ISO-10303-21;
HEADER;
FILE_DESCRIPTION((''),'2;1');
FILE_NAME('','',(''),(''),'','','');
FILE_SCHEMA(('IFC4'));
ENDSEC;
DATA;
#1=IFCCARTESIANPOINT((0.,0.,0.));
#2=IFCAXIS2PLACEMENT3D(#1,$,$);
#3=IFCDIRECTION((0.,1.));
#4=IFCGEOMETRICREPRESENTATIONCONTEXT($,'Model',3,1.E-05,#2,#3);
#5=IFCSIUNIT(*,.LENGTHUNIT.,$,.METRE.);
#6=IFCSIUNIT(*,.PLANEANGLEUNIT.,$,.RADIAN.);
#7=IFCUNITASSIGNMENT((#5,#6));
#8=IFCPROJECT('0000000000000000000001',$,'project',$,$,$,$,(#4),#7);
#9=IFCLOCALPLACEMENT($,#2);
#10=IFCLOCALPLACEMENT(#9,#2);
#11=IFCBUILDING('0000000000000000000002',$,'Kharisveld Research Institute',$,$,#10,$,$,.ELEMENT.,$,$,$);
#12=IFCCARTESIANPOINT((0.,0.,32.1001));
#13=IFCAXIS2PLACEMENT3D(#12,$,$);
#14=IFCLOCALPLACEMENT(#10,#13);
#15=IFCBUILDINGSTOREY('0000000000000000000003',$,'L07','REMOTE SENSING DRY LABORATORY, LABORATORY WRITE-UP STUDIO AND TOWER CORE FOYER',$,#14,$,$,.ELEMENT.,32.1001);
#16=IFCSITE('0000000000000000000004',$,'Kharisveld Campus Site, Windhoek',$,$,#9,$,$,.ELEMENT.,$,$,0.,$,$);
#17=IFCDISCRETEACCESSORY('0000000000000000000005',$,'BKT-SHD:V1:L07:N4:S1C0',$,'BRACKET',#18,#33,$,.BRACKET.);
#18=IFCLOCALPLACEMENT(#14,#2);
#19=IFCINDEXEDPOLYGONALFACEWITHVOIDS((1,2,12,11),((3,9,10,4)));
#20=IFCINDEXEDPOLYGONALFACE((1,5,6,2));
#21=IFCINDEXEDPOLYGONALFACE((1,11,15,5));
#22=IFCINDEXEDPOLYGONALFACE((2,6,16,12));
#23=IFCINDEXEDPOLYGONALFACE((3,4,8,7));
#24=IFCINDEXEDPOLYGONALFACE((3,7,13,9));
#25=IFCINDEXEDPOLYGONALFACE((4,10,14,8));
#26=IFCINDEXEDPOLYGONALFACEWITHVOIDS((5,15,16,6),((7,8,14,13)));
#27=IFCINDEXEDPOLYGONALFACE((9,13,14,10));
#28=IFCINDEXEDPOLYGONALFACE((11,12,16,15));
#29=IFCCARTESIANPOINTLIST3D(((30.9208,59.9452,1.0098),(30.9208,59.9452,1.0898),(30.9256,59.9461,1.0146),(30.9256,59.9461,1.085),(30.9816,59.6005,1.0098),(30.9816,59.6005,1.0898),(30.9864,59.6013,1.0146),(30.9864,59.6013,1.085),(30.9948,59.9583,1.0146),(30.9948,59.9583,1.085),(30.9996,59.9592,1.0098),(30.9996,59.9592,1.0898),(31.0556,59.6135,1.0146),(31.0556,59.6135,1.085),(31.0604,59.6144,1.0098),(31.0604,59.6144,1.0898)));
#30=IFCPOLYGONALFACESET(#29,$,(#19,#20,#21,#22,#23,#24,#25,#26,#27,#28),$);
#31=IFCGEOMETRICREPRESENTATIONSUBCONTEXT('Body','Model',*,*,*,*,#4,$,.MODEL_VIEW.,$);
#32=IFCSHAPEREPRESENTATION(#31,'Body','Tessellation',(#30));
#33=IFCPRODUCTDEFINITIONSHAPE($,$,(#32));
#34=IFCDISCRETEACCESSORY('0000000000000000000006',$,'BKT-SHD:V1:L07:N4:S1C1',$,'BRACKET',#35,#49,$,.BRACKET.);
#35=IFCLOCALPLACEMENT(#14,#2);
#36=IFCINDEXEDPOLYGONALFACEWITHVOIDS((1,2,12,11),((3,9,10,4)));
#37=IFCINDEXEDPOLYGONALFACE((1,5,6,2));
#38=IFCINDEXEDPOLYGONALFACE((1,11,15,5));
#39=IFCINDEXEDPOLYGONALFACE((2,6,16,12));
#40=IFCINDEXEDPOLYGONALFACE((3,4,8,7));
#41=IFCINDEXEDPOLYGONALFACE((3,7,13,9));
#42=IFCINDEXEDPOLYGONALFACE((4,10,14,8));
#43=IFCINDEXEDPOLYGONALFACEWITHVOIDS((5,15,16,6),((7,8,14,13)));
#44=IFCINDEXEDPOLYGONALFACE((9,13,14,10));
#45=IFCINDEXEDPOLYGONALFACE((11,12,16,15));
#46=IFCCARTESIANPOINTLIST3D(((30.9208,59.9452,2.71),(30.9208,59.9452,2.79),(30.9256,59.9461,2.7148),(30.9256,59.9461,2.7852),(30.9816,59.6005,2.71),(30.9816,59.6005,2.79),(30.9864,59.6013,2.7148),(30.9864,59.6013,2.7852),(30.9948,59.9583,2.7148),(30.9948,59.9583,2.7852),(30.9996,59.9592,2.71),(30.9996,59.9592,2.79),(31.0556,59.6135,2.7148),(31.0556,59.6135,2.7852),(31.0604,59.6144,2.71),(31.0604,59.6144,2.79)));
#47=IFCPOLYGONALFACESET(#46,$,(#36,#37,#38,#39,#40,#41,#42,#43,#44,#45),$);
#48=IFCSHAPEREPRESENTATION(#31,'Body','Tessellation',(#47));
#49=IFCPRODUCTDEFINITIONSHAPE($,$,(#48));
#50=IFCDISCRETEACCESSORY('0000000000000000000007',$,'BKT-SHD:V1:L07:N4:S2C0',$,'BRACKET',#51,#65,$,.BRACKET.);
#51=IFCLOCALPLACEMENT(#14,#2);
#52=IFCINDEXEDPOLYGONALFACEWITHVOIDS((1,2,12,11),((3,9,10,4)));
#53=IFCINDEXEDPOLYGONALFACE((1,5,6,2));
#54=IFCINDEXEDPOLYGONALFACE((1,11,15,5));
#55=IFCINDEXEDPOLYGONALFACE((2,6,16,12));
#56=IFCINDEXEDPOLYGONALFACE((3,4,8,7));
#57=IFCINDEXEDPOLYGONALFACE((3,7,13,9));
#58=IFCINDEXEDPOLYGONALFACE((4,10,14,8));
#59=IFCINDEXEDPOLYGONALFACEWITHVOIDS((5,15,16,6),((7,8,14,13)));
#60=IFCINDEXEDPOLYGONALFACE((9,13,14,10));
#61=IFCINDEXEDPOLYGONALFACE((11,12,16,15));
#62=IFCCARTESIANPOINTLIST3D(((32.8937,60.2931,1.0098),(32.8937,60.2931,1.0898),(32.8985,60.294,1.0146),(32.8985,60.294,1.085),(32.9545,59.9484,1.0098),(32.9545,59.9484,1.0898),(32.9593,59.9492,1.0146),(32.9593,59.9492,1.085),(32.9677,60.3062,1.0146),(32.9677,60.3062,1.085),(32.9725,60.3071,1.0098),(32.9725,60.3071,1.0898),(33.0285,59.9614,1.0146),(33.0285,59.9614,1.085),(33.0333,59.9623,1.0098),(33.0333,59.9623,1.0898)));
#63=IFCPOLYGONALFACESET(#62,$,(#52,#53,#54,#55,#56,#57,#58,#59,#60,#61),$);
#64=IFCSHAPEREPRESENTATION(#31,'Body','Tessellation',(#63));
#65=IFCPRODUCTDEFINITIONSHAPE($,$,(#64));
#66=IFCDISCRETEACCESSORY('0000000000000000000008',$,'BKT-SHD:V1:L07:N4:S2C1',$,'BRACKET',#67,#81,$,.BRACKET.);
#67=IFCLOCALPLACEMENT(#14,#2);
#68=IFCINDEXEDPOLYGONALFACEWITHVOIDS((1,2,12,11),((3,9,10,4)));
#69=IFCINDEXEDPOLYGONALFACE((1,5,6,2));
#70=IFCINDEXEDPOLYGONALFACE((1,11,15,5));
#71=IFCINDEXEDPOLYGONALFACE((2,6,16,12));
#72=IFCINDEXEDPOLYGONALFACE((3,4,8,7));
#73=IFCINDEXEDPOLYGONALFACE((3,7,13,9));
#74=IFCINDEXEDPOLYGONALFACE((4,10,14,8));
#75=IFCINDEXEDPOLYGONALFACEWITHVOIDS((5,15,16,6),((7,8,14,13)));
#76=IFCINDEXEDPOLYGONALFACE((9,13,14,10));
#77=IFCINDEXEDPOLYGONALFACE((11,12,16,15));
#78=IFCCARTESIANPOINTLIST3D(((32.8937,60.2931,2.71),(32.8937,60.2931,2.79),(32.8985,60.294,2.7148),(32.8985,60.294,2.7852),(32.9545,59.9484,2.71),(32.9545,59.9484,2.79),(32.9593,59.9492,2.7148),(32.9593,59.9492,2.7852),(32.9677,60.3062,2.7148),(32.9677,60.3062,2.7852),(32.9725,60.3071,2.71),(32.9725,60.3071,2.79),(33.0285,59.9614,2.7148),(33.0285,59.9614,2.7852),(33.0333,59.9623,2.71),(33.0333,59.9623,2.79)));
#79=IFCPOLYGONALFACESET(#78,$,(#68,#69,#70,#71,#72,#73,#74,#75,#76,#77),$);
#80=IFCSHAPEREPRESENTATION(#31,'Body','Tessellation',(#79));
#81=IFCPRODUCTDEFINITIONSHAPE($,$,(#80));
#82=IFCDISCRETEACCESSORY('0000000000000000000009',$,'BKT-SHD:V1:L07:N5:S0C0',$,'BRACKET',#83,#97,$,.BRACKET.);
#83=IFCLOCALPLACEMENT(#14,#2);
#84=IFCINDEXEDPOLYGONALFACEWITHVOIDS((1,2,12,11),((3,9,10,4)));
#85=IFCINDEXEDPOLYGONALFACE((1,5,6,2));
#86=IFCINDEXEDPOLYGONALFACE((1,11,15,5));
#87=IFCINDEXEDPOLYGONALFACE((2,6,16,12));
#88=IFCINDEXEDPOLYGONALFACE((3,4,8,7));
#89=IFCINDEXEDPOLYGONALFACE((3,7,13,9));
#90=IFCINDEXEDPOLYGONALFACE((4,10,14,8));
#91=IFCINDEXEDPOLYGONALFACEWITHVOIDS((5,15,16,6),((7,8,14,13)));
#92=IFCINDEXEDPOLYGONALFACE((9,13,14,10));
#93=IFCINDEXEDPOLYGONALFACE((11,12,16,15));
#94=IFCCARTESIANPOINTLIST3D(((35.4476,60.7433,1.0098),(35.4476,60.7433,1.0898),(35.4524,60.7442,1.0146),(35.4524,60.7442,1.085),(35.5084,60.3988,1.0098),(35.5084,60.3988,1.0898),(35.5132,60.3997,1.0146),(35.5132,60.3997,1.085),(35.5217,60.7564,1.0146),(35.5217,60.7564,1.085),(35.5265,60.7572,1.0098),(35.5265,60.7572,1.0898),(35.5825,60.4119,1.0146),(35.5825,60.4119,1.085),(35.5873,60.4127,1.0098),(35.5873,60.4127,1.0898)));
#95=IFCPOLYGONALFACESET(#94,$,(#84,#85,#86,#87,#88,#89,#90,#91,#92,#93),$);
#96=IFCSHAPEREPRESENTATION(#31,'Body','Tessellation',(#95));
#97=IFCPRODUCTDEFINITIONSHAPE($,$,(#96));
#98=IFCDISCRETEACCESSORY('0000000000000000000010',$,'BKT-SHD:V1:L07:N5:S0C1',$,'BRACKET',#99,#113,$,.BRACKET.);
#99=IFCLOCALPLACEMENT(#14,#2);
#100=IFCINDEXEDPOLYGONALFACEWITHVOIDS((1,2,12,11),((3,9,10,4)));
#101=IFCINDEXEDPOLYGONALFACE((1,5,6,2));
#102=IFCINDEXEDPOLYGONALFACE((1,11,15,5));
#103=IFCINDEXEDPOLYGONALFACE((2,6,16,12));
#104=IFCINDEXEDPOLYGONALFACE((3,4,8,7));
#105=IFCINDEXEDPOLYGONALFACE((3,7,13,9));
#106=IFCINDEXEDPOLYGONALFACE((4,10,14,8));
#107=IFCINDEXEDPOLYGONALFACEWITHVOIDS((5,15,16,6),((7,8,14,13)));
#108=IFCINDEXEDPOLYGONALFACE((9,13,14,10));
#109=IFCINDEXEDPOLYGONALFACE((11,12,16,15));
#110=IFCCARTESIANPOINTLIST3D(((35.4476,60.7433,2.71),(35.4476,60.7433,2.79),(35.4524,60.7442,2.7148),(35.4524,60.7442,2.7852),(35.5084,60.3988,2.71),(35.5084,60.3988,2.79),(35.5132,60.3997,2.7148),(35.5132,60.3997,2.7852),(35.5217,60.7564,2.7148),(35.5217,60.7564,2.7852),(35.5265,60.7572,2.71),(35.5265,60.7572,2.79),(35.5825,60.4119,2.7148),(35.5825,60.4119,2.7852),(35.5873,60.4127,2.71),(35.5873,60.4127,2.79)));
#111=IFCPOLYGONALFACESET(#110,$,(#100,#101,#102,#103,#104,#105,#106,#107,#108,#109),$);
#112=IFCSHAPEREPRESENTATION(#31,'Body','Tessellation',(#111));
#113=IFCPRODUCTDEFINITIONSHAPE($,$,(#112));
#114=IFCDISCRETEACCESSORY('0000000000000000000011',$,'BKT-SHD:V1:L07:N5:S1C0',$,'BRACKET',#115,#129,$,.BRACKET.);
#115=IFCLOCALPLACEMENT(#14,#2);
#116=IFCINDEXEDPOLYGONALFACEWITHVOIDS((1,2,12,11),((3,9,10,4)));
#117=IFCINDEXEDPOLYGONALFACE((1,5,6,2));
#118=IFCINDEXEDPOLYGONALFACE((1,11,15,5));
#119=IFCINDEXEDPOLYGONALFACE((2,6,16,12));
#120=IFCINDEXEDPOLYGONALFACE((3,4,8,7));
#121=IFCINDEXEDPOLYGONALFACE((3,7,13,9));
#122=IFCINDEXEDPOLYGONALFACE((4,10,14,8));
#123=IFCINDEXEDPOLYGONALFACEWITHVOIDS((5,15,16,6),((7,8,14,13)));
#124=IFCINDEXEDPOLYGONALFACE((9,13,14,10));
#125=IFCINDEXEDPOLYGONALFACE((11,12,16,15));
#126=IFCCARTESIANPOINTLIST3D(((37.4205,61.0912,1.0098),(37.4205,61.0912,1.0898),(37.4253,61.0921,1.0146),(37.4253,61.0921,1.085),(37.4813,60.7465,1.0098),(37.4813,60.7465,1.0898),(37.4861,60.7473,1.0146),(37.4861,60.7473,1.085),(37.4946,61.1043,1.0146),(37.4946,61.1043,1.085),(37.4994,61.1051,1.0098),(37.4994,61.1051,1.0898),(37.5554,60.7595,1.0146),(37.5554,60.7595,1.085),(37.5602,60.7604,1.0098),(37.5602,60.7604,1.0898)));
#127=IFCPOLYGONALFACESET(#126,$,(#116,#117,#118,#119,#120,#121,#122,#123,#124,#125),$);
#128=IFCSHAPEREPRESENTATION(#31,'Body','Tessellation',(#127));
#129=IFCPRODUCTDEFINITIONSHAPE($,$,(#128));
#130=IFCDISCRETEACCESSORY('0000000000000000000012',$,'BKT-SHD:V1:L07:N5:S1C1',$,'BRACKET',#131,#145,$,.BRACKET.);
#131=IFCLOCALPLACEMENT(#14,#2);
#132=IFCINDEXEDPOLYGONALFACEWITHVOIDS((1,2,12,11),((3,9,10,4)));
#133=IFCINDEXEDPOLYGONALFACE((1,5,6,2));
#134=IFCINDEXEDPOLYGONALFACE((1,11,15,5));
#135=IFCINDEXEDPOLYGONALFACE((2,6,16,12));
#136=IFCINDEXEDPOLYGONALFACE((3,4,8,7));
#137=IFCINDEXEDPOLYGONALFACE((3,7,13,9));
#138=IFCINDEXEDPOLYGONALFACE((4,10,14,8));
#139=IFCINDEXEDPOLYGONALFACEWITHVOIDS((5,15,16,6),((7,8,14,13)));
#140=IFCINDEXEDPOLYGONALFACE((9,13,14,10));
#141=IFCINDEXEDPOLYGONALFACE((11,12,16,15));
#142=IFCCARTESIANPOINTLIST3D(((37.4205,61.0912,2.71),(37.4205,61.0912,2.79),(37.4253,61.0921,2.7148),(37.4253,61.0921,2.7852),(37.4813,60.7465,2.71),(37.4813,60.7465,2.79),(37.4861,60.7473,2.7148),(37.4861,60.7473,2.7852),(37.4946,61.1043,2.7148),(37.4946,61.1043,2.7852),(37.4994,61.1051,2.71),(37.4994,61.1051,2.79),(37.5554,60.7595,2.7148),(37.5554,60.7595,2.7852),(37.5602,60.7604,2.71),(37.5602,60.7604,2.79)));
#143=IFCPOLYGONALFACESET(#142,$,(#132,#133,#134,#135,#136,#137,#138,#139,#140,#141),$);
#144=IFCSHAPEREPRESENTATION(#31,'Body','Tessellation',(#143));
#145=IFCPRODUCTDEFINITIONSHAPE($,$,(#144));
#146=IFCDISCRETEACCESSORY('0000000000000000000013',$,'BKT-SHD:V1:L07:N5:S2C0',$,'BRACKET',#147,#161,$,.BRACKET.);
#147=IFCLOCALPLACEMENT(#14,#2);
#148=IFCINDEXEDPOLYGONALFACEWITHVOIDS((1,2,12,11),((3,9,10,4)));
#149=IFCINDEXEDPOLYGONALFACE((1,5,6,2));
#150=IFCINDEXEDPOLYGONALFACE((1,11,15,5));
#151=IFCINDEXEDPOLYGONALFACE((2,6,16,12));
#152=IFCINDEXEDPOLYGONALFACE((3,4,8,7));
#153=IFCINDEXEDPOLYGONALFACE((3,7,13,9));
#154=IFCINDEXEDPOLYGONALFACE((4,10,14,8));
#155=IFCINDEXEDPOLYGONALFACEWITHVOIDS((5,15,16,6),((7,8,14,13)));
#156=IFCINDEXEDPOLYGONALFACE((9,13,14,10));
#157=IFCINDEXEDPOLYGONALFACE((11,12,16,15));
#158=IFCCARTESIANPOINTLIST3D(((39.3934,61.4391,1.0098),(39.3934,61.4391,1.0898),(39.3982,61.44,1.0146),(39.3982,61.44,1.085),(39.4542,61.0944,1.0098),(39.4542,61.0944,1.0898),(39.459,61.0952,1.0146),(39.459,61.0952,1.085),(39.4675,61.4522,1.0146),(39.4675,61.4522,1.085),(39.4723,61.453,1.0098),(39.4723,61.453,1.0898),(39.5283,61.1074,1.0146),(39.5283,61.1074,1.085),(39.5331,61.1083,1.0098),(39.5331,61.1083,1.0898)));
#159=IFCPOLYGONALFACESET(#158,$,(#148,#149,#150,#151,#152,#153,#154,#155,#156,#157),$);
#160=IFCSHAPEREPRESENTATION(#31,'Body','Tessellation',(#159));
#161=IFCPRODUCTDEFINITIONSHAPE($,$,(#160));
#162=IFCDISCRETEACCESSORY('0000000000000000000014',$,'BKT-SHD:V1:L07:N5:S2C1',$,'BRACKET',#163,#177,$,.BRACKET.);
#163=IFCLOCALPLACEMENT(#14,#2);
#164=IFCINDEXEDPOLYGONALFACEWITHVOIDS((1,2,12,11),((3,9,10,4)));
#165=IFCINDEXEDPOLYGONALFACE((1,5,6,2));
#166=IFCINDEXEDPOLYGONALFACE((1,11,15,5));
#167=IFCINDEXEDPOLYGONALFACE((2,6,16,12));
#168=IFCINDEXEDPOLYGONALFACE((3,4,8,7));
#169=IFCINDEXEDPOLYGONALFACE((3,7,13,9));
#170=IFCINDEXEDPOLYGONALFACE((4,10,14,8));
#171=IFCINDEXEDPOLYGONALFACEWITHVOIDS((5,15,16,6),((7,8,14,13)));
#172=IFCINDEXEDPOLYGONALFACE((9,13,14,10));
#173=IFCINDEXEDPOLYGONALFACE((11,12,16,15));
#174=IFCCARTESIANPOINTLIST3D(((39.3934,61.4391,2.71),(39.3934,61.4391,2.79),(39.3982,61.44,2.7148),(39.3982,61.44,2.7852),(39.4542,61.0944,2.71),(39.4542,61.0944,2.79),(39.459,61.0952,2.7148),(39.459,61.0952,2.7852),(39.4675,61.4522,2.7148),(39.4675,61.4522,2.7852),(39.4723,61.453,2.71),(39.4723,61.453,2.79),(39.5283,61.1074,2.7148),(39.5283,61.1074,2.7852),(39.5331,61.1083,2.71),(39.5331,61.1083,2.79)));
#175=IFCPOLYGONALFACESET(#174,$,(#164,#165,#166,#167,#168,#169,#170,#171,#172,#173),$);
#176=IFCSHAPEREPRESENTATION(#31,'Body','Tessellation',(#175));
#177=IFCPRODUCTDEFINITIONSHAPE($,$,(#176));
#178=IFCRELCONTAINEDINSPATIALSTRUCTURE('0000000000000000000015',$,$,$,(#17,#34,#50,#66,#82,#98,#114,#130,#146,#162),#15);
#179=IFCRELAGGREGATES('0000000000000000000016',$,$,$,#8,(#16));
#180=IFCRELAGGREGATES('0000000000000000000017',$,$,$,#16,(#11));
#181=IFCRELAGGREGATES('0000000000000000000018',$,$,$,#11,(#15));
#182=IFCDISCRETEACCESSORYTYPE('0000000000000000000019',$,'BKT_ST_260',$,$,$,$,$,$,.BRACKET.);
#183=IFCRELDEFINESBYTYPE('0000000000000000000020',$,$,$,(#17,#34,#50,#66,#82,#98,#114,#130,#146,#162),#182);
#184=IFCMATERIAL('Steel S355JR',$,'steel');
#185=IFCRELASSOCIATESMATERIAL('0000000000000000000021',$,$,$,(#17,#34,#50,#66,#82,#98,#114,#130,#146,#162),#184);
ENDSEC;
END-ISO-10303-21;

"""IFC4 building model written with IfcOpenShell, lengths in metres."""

from ifc_helpers import new_model, si_unit, direction, frame, origin, origin_2d, place, context, subcontext, project, spatial, hollow_rectangle, extrude, material, type_object, element, save


model = new_model("IFC4")

# Units and contexts
model_context = context("Model", 3, precision=1e-05, world=origin(), true_north=direction((0.0, 1.0)))
body_context = subcontext(model_context, "Body", "Model", "MODEL_VIEW")
ifc_project = project(units=[si_unit("LENGTHUNIT", "METRE"), si_unit("PLANEANGLEUNIT", "RADIAN")], contexts=[model_context])

# Site, building, storey
site_placement = place(None, origin())
site = spatial("IfcSite", under=ifc_project, at=site_placement, Name="Kharisveld Campus Site, Windhoek", CompositionType="ELEMENT", RefElevation=0.0)
building_placement = place(site_placement, origin())
building = spatial("IfcBuilding", under=site, at=building_placement, Name="Kharisveld Research Institute", CompositionType="ELEMENT")
storey_placement = place(building_placement, frame((0.0, 0.0, 32.1001)))
storey = spatial("IfcBuildingStorey", under=building, at=storey_placement, Name="L07", Description="REMOTE SENSING DRY LABORATORY, LABORATORY WRITE-UP STUDIO AND TOWER CORE FOYER", CompositionType="ELEMENT", Elevation=32.1001)

# Discrete accessories
ifc_material_1 = material(Name="Steel S355JR", Category="steel")
discrete_accessory_type = type_object("IfcDiscreteAccessoryType", Name="BKT_ST_260", PredefinedType="BRACKET")
for number, where, z_axis, x_axis, name in (
    (1, (31.021, 59.6074, 1.0498), (-0.173666, 0.984805, 0.0), (-0.984805, -0.173666, 0.0), "BKT-SHD:V1:L07:N4:S1C0"),
    (2, (31.021, 59.6074, 2.75), (-0.173666, 0.984805, 0.0), (-0.984805, -0.173666, 0.0), "BKT-SHD:V1:L07:N4:S1C1"),
    (3, (32.9939, 59.9553, 1.0498), (-0.173666, 0.984805, 0.0), (-0.984805, -0.173666, 0.0), "BKT-SHD:V1:L07:N4:S2C0"),
    (4, (32.9939, 59.9553, 2.75), (-0.173666, 0.984805, 0.0), (-0.984805, -0.173666, 0.0), "BKT-SHD:V1:L07:N4:S2C1"),
):
    element("IfcDiscreteAccessory", number, at=place(storey_placement, frame(where, z_axis=z_axis, x_axis=x_axis)), inside=storey, type_object=discrete_accessory_type, material=ifc_material_1, Name=name, ObjectType="BRACKET", PredefinedType="BRACKET", context=body_context, shape_type="SweptSolid", body=[
        extrude(hollow_rectangle(XDim=0.0801, YDim=0.0801, WallThickness=0.0049, at=origin_2d()), origin(), (0.0, 0.0, 1.0), 0.3501),
    ])
for number, where, z_axis, x_axis, name in (
    (5, (35.5479, 60.4058, 1.0498), (-0.173785, 0.984784, 0.0), (-0.984784, -0.173785, 0.0), "BKT-SHD:V1:L07:N5:S0C0"),
    (6, (35.5479, 60.4058, 2.75), (-0.173785, 0.984784, 0.0), (-0.984784, -0.173785, 0.0), "BKT-SHD:V1:L07:N5:S0C1"),
):
    element("IfcDiscreteAccessory", number, at=place(storey_placement, frame(where, z_axis=z_axis, x_axis=x_axis)), inside=storey, type_object=discrete_accessory_type, material=ifc_material_1, Name=name, ObjectType="BRACKET", PredefinedType="BRACKET", context=body_context, shape_type="SweptSolid", body=[
        extrude(hollow_rectangle(XDim=0.0801, YDim=0.0801, WallThickness=0.0049, at=origin_2d()), origin(), (0.0, 0.0, 1.0), 0.3499),
    ])
for number, where, z_axis, x_axis, name in (
    (7, (37.5208, 60.7534, 1.0498), (-0.173666, 0.984805, 0.0), (-0.984805, -0.173666, 0.0), "BKT-SHD:V1:L07:N5:S1C0"),
    (8, (37.5208, 60.7534, 2.75), (-0.173666, 0.984805, 0.0), (-0.984805, -0.173666, 0.0), "BKT-SHD:V1:L07:N5:S1C1"),
    (9, (39.4937, 61.1013, 1.0498), (-0.173666, 0.984805, 0.0), (-0.984805, -0.173666, 0.0), "BKT-SHD:V1:L07:N5:S2C0"),
    (10, (39.4937, 61.1013, 2.75), (-0.173666, 0.984805, 0.0), (-0.984805, -0.173666, 0.0), "BKT-SHD:V1:L07:N5:S2C1"),
):
    element("IfcDiscreteAccessory", number, at=place(storey_placement, frame(where, z_axis=z_axis, x_axis=x_axis)), inside=storey, type_object=discrete_accessory_type, material=ifc_material_1, Name=name, ObjectType="BRACKET", PredefinedType="BRACKET", context=body_context, shape_type="SweptSolid", body=[
        extrude(hollow_rectangle(XDim=0.0801, YDim=0.0801, WallThickness=0.0049, at=origin_2d()), origin(), (0.0, 0.0, 1.0), 0.3501),
    ])

save(model, "model.ifc")
